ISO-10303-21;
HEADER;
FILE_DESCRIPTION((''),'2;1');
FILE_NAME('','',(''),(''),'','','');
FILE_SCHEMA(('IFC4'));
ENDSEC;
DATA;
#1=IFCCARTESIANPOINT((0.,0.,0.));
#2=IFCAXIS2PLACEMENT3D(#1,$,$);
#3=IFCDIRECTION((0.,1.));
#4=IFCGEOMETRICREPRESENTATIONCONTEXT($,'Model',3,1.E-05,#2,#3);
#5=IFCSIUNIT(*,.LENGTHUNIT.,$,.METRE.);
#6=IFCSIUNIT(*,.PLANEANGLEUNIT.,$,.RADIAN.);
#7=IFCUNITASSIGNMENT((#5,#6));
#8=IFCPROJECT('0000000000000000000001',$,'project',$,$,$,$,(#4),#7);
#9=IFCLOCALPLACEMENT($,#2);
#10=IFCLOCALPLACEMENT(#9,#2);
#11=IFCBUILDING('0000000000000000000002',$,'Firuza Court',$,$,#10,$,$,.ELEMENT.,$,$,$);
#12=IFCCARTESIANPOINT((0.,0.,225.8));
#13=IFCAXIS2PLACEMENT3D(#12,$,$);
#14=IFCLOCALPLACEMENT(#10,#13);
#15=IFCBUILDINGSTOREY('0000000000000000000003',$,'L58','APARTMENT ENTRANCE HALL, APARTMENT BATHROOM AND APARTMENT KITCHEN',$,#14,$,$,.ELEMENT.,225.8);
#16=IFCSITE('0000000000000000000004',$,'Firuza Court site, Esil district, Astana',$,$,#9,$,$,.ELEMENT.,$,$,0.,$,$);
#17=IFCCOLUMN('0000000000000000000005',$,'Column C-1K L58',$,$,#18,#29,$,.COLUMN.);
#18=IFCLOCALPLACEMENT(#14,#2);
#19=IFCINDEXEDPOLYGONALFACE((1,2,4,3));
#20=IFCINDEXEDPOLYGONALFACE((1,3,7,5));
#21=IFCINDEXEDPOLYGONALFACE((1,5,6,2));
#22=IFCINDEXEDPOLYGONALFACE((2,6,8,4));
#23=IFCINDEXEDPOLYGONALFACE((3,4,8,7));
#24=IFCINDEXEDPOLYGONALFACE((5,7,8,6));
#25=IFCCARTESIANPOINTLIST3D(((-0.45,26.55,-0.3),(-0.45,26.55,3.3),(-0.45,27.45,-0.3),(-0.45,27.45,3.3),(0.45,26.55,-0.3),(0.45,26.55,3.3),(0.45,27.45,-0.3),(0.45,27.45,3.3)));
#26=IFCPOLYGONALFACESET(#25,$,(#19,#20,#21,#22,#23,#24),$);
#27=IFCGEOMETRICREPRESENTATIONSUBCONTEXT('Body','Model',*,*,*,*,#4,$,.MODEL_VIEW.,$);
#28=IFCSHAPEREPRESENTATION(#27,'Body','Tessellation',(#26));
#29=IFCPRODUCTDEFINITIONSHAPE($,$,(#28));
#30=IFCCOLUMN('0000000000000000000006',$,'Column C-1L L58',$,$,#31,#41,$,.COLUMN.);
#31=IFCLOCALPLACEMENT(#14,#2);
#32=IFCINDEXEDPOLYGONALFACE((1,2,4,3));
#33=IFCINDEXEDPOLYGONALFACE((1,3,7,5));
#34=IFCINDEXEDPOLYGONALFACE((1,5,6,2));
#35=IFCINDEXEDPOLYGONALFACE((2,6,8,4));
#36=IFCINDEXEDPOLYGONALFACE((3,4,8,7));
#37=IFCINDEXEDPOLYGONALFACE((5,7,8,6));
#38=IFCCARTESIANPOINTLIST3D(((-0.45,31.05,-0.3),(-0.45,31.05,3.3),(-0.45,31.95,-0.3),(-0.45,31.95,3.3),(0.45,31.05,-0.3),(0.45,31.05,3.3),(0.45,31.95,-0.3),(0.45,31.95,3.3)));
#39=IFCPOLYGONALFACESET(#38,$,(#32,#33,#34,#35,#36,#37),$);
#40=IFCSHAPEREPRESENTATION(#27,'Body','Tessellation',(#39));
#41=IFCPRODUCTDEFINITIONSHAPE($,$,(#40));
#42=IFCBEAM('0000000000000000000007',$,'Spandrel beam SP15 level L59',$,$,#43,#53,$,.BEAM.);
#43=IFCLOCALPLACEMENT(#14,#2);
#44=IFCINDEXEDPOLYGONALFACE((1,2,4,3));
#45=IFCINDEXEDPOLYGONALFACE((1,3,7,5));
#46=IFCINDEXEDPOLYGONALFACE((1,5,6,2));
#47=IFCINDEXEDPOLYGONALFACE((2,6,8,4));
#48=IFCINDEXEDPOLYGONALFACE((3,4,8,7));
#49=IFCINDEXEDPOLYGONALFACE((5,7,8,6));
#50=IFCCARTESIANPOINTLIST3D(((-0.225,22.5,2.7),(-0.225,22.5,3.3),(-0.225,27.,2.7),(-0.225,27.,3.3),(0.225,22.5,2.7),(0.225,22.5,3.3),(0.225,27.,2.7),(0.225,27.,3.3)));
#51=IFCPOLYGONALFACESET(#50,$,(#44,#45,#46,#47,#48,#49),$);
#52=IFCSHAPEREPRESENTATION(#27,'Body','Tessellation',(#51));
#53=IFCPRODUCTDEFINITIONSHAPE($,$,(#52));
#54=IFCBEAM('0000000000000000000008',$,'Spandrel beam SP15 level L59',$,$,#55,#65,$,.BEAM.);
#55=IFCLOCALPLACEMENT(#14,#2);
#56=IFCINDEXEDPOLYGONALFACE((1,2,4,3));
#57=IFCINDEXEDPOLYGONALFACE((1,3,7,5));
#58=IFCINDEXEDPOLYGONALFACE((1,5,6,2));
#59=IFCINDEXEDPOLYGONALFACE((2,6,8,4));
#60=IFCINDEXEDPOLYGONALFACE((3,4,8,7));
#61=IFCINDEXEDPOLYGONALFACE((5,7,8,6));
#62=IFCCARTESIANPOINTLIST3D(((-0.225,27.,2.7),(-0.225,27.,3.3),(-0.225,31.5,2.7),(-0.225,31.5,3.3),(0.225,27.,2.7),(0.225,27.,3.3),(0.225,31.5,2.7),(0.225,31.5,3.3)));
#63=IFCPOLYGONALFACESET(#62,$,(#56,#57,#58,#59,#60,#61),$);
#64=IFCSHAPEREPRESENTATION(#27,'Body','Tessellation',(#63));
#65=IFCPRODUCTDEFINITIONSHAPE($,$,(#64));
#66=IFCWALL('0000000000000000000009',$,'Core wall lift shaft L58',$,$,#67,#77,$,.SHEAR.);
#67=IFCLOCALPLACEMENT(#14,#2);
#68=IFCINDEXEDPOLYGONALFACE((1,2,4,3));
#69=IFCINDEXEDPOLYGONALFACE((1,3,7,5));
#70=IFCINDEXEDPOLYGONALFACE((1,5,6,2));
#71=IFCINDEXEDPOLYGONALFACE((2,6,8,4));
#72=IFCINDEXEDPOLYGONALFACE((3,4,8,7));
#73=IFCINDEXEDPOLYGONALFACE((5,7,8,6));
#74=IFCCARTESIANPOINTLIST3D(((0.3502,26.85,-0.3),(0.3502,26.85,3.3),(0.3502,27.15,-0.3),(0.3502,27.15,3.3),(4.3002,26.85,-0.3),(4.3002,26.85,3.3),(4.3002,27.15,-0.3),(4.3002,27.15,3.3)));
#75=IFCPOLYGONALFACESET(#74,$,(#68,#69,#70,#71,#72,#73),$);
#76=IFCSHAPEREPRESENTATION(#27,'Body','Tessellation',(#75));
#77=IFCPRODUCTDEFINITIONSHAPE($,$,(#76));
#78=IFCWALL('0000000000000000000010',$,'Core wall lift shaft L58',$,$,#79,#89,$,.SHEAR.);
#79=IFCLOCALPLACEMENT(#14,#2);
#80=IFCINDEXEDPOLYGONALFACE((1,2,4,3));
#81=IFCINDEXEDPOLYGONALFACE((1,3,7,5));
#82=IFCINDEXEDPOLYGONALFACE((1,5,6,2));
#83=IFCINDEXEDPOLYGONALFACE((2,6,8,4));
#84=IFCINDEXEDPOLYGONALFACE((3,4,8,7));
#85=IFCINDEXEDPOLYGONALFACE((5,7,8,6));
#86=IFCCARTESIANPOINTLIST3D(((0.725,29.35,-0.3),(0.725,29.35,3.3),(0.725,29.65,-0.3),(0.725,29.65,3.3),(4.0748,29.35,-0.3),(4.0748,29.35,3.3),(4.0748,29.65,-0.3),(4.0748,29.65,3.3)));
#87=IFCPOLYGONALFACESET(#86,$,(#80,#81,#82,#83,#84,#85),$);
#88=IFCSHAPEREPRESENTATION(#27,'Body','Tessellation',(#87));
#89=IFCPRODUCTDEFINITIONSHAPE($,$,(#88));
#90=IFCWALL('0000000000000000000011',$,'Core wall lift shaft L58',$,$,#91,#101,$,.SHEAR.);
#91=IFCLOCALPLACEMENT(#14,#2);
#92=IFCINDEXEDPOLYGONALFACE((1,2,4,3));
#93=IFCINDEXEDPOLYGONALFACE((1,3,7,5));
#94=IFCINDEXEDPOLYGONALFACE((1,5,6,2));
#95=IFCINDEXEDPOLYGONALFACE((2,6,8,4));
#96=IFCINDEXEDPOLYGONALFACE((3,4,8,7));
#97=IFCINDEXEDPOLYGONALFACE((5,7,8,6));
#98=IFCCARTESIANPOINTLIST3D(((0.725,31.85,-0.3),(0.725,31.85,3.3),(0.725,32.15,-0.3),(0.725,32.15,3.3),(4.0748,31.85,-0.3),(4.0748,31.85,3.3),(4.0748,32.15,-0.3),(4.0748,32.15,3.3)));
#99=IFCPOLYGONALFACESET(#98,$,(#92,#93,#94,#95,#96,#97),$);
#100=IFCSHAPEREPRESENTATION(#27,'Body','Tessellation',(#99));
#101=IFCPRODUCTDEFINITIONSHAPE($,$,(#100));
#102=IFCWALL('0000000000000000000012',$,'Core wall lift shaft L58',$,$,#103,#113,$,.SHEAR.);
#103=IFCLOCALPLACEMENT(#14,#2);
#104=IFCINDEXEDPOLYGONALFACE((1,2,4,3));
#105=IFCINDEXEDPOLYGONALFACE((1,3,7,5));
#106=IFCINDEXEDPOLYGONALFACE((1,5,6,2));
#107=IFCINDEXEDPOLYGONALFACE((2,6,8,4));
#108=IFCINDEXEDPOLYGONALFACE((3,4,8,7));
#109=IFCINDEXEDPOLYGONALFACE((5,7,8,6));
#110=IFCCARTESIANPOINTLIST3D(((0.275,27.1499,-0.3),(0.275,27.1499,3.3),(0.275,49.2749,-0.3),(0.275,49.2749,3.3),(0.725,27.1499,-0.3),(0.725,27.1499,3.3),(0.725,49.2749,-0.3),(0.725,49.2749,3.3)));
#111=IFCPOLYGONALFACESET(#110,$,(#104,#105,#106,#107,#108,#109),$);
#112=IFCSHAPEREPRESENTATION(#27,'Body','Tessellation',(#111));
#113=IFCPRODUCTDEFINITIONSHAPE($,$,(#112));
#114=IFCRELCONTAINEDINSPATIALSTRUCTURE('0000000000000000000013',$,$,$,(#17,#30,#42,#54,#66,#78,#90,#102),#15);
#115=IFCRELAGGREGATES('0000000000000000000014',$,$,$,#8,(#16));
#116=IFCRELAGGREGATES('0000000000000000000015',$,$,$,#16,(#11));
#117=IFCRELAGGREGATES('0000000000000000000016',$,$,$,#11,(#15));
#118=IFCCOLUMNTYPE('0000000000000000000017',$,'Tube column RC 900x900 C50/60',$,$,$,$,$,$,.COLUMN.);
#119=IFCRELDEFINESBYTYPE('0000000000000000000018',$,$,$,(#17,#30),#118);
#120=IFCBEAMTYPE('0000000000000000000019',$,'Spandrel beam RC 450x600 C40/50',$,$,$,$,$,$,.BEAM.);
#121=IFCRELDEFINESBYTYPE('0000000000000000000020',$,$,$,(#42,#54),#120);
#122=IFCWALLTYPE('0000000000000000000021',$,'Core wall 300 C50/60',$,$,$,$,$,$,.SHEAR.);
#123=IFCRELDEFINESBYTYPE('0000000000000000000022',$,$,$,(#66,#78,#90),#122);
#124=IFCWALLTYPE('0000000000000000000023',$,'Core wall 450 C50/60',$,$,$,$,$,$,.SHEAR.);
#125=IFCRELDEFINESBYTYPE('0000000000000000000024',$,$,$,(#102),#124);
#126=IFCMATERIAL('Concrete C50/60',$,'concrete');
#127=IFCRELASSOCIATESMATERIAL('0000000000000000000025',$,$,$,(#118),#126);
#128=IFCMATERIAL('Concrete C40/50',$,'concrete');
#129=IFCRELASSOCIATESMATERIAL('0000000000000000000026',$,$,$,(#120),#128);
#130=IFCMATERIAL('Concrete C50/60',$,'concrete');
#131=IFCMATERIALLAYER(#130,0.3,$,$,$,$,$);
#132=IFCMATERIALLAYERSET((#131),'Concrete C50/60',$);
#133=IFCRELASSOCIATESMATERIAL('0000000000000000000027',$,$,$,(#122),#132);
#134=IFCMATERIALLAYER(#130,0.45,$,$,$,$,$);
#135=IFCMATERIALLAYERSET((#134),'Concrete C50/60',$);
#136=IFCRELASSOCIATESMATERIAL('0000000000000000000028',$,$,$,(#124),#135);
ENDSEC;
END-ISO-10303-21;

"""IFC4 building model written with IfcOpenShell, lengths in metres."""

from ifc_helpers import new_model, si_unit, direction, frame, frame_2d, origin, origin_2d, place, context, subcontext, project, spatial, rectangle, extrude, material, layer, layer_set, material_profile, profile_set, type_object, element, save


model = new_model("IFC4")

# Units and contexts
model_context = context("Model", 3, precision=1e-05, world=origin(), true_north=direction((0.0, 1.0)))
body_context = subcontext(model_context, "Body", "Model", "MODEL_VIEW")
ifc_project = project(units=[si_unit("LENGTHUNIT", "METRE"), si_unit("PLANEANGLEUNIT", "RADIAN")], contexts=[model_context])

# Site, building, storey
site_placement = place(None, origin())
site = spatial("IfcSite", under=ifc_project, at=site_placement, Name="Firuza Court site, Esil district, Astana", CompositionType="ELEMENT", RefElevation=0.0)
building_placement = place(site_placement, origin())
building = spatial("IfcBuilding", under=site, at=building_placement, Name="Firuza Court", CompositionType="ELEMENT")
storey_placement = place(building_placement, frame((0.0, 0.0, 225.8)))
storey = spatial("IfcBuildingStorey", under=building, at=storey_placement, Name="L58", Description="APARTMENT ENTRANCE HALL, APARTMENT BATHROOM AND APARTMENT KITCHEN", CompositionType="ELEMENT", Elevation=225.8)

# Columns
ifc_material_1 = material(Name="Concrete C50/60", Category="concrete")
ifc_material_profile_1 = material_profile(ifc_material_1, rectangle(XDim=0.8999, YDim=0.8999, at=origin_2d()), Name="RC 900x900")
ifc_profile_set_1 = profile_set([ifc_material_profile_1], Name="Concrete C50/60")
column_type = type_object("IfcColumnType", Name="Tube column RC 900x900 C50/60", PredefinedType="COLUMN", material=ifc_profile_set_1)
for number, where, z_axis, x_axis, name in (
    (1, (0.0, 27.0, -0.3), (0.0, 0.0, 1.0), (1.0, 0.0, 0.0), "Column C-1K L58"),
    (2, (0.0, 31.5, -0.3), (0.0, 0.0, 1.0), (1.0, 0.0, 0.0), "Column C-1L L58"),
):
    element("IfcColumn", number, at=place(storey_placement, frame(where, z_axis=z_axis, x_axis=x_axis)), inside=storey, type_object=column_type, Name=name, PredefinedType="COLUMN", context=body_context, shape_type="SweptSolid", body=[
        extrude(rectangle(XDim=0.8999, YDim=0.8999, at=origin_2d()), origin(), (0.0, 0.0, 1.0), 3.6001),
    ])

# Beams
ifc_material_2 = material(Name="Concrete C40/50", Category="concrete")
ifc_material_profile_2 = material_profile(ifc_material_2, rectangle(XDim=0.45, YDim=0.6001, at=origin_2d()), Name="RC 450x600")
ifc_profile_set_2 = profile_set([ifc_material_profile_2], Name="Concrete C40/50")
beam_type = type_object("IfcBeamType", Name="Spandrel beam RC 450x600 C40/50", PredefinedType="BEAM", material=ifc_profile_set_2)
for number, where, z_axis, x_axis, name in (
    (3, (0.0, 27.0, 3.0), (0.0, -1.0, 0.0), (1.0, 0.0, 0.0), "Spandrel beam SP15 level L59"),
    (4, (0.0, 31.5, 3.0), (0.0, -1.0, 0.0), (1.0, 0.0, 0.0), "Spandrel beam SP15 level L59"),
):
    element("IfcBeam", number, at=place(storey_placement, frame(where, z_axis=z_axis, x_axis=x_axis)), inside=storey, type_object=beam_type, Name=name, PredefinedType="BEAM", context=body_context, shape_type="SweptSolid", body=[
        extrude(rectangle(XDim=0.45, YDim=0.6001, at=origin_2d()), origin(), (0.0, 0.0, 1.0), 4.5),
    ])

# Walls
ifc_material_3 = material(Name="Concrete C50/60", Category="concrete")
ifc_layer_1 = layer(ifc_material_3, 0.3)
ifc_layer_set_1 = layer_set([ifc_layer_1], Name="Concrete C50/60")
wall_type_1 = type_object("IfcWallType", Name="Core wall 300 C50/60", PredefinedType="SHEAR", material=ifc_layer_set_1)
wall_1_placement = place(storey_placement, frame((0.3501, 27.0, -0.3), z_axis=(0.0, 0.0, 1.0), x_axis=(1.0, 0.0, 0.0)))
element("IfcWall", 5, at=wall_1_placement, inside=storey, type_object=wall_type_1, Name="Core wall lift shaft L58", PredefinedType="SHEAR", context=body_context, shape_type="SweptSolid", body=[
    extrude(rectangle(XDim=3.95, YDim=0.3, at=frame_2d((1.9751, 0.0))), origin(), (0.0, 0.0, 1.0), 3.6001),
])
for number, where, z_axis, x_axis, name in (
    (6, (0.7251, 29.5, -0.3), (0.0, 0.0, 1.0), (1.0, 0.0, 0.0), "Core wall lift shaft L58"),
    (7, (0.7251, 32.0, -0.3), (0.0, 0.0, 1.0), (1.0, 0.0, 0.0), "Core wall lift shaft L58"),
):
    element("IfcWall", number, at=place(storey_placement, frame(where, z_axis=z_axis, x_axis=x_axis)), inside=storey, type_object=wall_type_1, Name=name, PredefinedType="SHEAR", context=body_context, shape_type="SweptSolid", body=[
        extrude(rectangle(XDim=3.3499, YDim=0.3, at=frame_2d((1.6748, 0.0))), origin(), (0.0, 0.0, 1.0), 3.6001),
    ])
ifc_layer_2 = layer(ifc_material_3, 0.45)
ifc_layer_set_2 = layer_set([ifc_layer_2], Name="Concrete C50/60")
wall_type_2 = type_object("IfcWallType", Name="Core wall 450 C50/60", PredefinedType="SHEAR", material=ifc_layer_set_2)
wall_2_placement = place(storey_placement, frame((0.5, 27.1499, -0.3), z_axis=(0.0, 0.0, 1.0), x_axis=(0.0, 1.0, 0.0)))
element("IfcWall", 8, at=wall_2_placement, inside=storey, type_object=wall_type_2, Name="Core wall lift shaft L58", PredefinedType="SHEAR", context=body_context, shape_type="SweptSolid", body=[
    extrude(rectangle(XDim=22.125, YDim=0.45, at=frame_2d((11.0625, 0.0))), origin(), (0.0, 0.0, 1.0), 3.6001),
])

save(model, "model.ifc")
